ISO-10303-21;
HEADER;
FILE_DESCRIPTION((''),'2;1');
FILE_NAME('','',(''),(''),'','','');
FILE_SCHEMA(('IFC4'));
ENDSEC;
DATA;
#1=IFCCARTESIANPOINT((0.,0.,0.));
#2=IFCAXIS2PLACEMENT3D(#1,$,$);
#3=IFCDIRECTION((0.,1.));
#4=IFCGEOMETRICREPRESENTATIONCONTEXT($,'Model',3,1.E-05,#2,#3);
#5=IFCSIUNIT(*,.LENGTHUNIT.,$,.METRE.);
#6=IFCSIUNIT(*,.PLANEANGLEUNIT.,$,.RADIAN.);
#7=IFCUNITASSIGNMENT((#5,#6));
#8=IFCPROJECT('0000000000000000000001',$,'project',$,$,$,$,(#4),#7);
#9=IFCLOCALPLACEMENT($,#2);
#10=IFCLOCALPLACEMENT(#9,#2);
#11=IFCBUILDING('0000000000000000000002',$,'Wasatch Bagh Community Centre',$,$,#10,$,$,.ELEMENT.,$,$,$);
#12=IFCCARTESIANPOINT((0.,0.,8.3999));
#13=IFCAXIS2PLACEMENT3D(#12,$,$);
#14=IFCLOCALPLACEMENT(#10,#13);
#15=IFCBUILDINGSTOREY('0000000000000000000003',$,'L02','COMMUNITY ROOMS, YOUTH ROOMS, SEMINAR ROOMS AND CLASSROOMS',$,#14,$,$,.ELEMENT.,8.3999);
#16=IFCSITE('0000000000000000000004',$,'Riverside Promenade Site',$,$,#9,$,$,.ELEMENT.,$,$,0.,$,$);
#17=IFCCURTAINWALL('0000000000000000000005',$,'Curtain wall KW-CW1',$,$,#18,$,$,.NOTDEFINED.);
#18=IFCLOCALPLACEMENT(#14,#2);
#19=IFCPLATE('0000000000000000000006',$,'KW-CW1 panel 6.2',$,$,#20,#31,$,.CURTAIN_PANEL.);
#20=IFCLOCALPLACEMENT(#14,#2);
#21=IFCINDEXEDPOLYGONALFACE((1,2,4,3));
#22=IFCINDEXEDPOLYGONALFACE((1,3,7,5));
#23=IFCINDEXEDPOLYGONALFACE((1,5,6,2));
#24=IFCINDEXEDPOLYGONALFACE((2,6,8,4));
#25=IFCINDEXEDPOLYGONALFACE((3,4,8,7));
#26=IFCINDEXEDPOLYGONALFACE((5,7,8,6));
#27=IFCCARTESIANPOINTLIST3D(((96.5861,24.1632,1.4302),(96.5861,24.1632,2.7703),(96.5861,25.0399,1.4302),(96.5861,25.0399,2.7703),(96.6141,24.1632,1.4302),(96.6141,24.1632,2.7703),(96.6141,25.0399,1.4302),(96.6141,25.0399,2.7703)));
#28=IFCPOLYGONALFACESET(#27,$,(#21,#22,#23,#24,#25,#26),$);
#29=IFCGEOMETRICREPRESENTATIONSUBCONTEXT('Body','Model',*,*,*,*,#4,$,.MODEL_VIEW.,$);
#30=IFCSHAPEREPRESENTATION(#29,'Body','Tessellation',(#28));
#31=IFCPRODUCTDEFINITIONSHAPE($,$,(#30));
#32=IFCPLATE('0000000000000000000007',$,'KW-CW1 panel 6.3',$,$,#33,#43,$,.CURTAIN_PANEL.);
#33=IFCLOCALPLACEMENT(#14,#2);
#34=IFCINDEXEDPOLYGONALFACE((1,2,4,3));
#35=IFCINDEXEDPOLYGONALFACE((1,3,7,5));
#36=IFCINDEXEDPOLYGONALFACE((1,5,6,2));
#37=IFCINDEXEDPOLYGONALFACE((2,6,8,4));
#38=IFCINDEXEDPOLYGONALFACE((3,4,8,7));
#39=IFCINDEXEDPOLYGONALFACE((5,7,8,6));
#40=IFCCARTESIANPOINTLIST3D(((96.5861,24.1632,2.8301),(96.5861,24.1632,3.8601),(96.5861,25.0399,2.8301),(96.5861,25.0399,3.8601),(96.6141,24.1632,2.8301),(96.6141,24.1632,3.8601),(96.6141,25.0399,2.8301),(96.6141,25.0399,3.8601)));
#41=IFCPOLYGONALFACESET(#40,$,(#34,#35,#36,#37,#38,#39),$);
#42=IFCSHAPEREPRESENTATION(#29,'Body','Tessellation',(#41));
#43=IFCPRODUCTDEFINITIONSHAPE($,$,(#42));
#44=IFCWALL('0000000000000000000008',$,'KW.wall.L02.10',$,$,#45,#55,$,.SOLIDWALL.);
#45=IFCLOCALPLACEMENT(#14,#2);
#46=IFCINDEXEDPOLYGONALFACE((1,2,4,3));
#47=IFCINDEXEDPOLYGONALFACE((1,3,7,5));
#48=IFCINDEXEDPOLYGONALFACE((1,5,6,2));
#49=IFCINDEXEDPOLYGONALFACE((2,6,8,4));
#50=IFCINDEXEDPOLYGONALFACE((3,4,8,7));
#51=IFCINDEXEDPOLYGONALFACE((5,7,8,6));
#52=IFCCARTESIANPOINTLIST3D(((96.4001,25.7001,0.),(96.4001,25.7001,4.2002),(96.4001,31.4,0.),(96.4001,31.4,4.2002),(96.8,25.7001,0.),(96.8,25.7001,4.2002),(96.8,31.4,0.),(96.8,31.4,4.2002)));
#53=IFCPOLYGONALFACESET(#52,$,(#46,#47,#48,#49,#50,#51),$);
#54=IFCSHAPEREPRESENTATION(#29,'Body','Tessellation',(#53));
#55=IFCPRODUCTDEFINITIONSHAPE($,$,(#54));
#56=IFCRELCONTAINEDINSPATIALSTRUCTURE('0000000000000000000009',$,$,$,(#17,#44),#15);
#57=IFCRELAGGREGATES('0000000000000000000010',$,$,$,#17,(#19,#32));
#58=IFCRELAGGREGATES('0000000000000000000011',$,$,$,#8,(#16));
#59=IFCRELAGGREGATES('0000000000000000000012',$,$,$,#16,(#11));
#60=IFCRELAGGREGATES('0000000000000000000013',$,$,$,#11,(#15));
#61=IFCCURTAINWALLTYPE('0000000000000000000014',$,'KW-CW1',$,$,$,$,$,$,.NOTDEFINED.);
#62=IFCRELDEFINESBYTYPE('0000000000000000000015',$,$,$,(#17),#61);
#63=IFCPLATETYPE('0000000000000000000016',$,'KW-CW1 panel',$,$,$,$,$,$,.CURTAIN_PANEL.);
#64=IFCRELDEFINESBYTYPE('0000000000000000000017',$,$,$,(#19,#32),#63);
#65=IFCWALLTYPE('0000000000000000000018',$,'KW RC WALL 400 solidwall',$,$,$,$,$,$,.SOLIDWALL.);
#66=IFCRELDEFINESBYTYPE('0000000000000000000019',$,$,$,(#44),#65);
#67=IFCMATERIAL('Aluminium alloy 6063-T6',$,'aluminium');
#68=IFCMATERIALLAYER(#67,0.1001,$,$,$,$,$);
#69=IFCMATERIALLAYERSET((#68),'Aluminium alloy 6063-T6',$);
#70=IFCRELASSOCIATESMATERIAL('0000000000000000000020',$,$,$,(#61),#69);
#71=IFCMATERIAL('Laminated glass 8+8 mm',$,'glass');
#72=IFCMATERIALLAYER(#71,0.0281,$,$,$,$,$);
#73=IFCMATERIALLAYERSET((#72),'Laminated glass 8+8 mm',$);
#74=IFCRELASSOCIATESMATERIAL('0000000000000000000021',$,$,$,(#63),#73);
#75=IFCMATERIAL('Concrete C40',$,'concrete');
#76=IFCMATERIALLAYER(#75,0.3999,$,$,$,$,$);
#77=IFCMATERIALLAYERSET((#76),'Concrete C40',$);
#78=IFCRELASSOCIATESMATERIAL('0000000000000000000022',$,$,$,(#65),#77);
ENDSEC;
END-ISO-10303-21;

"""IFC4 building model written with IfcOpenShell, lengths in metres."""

from ifc_helpers import new_model, si_unit, direction, frame, frame_2d, origin, origin_2d, place, context, subcontext, project, spatial, rectangle, extrude, material, layer, layer_set, type_object, element, aggregate, save


model = new_model("IFC4")

# Units and contexts
model_context = context("Model", 3, precision=1e-05, world=origin(), true_north=direction((0.0, 1.0)))
body_context = subcontext(model_context, "Body", "Model", "MODEL_VIEW")
ifc_project = project(units=[si_unit("LENGTHUNIT", "METRE"), si_unit("PLANEANGLEUNIT", "RADIAN")], contexts=[model_context])

# Site, building, storey
site_placement = place(None, origin())
site = spatial("IfcSite", under=ifc_project, at=site_placement, Name="Riverside Promenade Site", CompositionType="ELEMENT", RefElevation=0.0)
building_placement = place(site_placement, origin())
building = spatial("IfcBuilding", under=site, at=building_placement, Name="Wasatch Bagh Community Centre", CompositionType="ELEMENT")
storey_placement = place(building_placement, frame((0.0, 0.0, 8.3999)))
storey = spatial("IfcBuildingStorey", under=building, at=storey_placement, Name="L02", Description="COMMUNITY ROOMS, YOUTH ROOMS, SEMINAR ROOMS AND CLASSROOMS", CompositionType="ELEMENT", Elevation=8.3999)

# Shared definitions
ifc_material_1 = material(Name="Concrete C40", Category="concrete")

# Curtain wall, plates
ifc_material_2 = material(Name="Aluminium alloy 6063-T6", Category="aluminium")
ifc_layer_1 = layer(ifc_material_2, 0.1001)
ifc_layer_set_1 = layer_set([ifc_layer_1], Name="Aluminium alloy 6063-T6")
curtain_wall_type = type_object("IfcCurtainWallType", Name="KW-CW1", PredefinedType="NOTDEFINED", material=ifc_layer_set_1)
curtain_wall_placement = place(storey_placement, origin())
curtain_wall = element("IfcCurtainWall", 1, at=curtain_wall_placement, inside=storey, type_object=curtain_wall_type, Name="Curtain wall KW-CW1", PredefinedType="NOTDEFINED")
ifc_material_3 = material(Name="Laminated glass 8+8 mm", Category="glass")
ifc_layer_2 = layer(ifc_material_3, 0.0281)
ifc_layer_set_2 = layer_set([ifc_layer_2], Name="Laminated glass 8+8 mm")
plate_type = type_object("IfcPlateType", Name="KW-CW1 panel", PredefinedType="CURTAIN_PANEL", material=ifc_layer_set_2)
plate_1_placement = place(storey_placement, frame((96.6001, 24.6016, 1.4302), z_axis=(0.0, 0.0, 1.0), x_axis=(0.0, 1.0, 0.0)))
plate_1 = element("IfcPlate", 2, at=plate_1_placement, type_object=plate_type, Name="KW-CW1 panel 6.2", PredefinedType="CURTAIN_PANEL", context=body_context, shape_type="SweptSolid", body=[
    extrude(rectangle(XDim=0.8767, YDim=0.0281, at=origin_2d()), origin(), (0.0, 0.0, 1.0), 1.3401),
])
plate_2_placement = place(storey_placement, frame((96.6001, 24.6016, 2.8301), z_axis=(0.0, 0.0, 1.0), x_axis=(0.0, 1.0, 0.0)))
plate_2 = element("IfcPlate", 3, at=plate_2_placement, type_object=plate_type, Name="KW-CW1 panel 6.3", PredefinedType="CURTAIN_PANEL", context=body_context, shape_type="SweptSolid", body=[
    extrude(rectangle(XDim=0.8767, YDim=0.0281, at=origin_2d()), origin(), (0.0, 0.0, 1.0), 1.03),
])
aggregate(curtain_wall, [plate_1, plate_2])

# Wall
ifc_layer_3 = layer(ifc_material_1, 0.3999)
ifc_layer_set_3 = layer_set([ifc_layer_3], Name="Concrete C40")
wall_type = type_object("IfcWallType", Name="KW RC WALL 400 solidwall", PredefinedType="SOLIDWALL", material=ifc_layer_set_3)
wall_placement = place(storey_placement, frame((96.6001, 25.7, 0.0), z_axis=(0.0, 0.0, 1.0), x_axis=(0.0, 1.0, 0.0)))
element("IfcWall", 4, at=wall_placement, inside=storey, type_object=wall_type, Name="KW.wall.L02.10", PredefinedType="SOLIDWALL", context=body_context, shape_type="SweptSolid", body=[
    extrude(rectangle(XDim=5.7, YDim=0.3999, at=frame_2d((2.8501, 0.0))), origin(), (0.0, 0.0, 1.0), 4.2002),
])

save(model, "model.ifc")
